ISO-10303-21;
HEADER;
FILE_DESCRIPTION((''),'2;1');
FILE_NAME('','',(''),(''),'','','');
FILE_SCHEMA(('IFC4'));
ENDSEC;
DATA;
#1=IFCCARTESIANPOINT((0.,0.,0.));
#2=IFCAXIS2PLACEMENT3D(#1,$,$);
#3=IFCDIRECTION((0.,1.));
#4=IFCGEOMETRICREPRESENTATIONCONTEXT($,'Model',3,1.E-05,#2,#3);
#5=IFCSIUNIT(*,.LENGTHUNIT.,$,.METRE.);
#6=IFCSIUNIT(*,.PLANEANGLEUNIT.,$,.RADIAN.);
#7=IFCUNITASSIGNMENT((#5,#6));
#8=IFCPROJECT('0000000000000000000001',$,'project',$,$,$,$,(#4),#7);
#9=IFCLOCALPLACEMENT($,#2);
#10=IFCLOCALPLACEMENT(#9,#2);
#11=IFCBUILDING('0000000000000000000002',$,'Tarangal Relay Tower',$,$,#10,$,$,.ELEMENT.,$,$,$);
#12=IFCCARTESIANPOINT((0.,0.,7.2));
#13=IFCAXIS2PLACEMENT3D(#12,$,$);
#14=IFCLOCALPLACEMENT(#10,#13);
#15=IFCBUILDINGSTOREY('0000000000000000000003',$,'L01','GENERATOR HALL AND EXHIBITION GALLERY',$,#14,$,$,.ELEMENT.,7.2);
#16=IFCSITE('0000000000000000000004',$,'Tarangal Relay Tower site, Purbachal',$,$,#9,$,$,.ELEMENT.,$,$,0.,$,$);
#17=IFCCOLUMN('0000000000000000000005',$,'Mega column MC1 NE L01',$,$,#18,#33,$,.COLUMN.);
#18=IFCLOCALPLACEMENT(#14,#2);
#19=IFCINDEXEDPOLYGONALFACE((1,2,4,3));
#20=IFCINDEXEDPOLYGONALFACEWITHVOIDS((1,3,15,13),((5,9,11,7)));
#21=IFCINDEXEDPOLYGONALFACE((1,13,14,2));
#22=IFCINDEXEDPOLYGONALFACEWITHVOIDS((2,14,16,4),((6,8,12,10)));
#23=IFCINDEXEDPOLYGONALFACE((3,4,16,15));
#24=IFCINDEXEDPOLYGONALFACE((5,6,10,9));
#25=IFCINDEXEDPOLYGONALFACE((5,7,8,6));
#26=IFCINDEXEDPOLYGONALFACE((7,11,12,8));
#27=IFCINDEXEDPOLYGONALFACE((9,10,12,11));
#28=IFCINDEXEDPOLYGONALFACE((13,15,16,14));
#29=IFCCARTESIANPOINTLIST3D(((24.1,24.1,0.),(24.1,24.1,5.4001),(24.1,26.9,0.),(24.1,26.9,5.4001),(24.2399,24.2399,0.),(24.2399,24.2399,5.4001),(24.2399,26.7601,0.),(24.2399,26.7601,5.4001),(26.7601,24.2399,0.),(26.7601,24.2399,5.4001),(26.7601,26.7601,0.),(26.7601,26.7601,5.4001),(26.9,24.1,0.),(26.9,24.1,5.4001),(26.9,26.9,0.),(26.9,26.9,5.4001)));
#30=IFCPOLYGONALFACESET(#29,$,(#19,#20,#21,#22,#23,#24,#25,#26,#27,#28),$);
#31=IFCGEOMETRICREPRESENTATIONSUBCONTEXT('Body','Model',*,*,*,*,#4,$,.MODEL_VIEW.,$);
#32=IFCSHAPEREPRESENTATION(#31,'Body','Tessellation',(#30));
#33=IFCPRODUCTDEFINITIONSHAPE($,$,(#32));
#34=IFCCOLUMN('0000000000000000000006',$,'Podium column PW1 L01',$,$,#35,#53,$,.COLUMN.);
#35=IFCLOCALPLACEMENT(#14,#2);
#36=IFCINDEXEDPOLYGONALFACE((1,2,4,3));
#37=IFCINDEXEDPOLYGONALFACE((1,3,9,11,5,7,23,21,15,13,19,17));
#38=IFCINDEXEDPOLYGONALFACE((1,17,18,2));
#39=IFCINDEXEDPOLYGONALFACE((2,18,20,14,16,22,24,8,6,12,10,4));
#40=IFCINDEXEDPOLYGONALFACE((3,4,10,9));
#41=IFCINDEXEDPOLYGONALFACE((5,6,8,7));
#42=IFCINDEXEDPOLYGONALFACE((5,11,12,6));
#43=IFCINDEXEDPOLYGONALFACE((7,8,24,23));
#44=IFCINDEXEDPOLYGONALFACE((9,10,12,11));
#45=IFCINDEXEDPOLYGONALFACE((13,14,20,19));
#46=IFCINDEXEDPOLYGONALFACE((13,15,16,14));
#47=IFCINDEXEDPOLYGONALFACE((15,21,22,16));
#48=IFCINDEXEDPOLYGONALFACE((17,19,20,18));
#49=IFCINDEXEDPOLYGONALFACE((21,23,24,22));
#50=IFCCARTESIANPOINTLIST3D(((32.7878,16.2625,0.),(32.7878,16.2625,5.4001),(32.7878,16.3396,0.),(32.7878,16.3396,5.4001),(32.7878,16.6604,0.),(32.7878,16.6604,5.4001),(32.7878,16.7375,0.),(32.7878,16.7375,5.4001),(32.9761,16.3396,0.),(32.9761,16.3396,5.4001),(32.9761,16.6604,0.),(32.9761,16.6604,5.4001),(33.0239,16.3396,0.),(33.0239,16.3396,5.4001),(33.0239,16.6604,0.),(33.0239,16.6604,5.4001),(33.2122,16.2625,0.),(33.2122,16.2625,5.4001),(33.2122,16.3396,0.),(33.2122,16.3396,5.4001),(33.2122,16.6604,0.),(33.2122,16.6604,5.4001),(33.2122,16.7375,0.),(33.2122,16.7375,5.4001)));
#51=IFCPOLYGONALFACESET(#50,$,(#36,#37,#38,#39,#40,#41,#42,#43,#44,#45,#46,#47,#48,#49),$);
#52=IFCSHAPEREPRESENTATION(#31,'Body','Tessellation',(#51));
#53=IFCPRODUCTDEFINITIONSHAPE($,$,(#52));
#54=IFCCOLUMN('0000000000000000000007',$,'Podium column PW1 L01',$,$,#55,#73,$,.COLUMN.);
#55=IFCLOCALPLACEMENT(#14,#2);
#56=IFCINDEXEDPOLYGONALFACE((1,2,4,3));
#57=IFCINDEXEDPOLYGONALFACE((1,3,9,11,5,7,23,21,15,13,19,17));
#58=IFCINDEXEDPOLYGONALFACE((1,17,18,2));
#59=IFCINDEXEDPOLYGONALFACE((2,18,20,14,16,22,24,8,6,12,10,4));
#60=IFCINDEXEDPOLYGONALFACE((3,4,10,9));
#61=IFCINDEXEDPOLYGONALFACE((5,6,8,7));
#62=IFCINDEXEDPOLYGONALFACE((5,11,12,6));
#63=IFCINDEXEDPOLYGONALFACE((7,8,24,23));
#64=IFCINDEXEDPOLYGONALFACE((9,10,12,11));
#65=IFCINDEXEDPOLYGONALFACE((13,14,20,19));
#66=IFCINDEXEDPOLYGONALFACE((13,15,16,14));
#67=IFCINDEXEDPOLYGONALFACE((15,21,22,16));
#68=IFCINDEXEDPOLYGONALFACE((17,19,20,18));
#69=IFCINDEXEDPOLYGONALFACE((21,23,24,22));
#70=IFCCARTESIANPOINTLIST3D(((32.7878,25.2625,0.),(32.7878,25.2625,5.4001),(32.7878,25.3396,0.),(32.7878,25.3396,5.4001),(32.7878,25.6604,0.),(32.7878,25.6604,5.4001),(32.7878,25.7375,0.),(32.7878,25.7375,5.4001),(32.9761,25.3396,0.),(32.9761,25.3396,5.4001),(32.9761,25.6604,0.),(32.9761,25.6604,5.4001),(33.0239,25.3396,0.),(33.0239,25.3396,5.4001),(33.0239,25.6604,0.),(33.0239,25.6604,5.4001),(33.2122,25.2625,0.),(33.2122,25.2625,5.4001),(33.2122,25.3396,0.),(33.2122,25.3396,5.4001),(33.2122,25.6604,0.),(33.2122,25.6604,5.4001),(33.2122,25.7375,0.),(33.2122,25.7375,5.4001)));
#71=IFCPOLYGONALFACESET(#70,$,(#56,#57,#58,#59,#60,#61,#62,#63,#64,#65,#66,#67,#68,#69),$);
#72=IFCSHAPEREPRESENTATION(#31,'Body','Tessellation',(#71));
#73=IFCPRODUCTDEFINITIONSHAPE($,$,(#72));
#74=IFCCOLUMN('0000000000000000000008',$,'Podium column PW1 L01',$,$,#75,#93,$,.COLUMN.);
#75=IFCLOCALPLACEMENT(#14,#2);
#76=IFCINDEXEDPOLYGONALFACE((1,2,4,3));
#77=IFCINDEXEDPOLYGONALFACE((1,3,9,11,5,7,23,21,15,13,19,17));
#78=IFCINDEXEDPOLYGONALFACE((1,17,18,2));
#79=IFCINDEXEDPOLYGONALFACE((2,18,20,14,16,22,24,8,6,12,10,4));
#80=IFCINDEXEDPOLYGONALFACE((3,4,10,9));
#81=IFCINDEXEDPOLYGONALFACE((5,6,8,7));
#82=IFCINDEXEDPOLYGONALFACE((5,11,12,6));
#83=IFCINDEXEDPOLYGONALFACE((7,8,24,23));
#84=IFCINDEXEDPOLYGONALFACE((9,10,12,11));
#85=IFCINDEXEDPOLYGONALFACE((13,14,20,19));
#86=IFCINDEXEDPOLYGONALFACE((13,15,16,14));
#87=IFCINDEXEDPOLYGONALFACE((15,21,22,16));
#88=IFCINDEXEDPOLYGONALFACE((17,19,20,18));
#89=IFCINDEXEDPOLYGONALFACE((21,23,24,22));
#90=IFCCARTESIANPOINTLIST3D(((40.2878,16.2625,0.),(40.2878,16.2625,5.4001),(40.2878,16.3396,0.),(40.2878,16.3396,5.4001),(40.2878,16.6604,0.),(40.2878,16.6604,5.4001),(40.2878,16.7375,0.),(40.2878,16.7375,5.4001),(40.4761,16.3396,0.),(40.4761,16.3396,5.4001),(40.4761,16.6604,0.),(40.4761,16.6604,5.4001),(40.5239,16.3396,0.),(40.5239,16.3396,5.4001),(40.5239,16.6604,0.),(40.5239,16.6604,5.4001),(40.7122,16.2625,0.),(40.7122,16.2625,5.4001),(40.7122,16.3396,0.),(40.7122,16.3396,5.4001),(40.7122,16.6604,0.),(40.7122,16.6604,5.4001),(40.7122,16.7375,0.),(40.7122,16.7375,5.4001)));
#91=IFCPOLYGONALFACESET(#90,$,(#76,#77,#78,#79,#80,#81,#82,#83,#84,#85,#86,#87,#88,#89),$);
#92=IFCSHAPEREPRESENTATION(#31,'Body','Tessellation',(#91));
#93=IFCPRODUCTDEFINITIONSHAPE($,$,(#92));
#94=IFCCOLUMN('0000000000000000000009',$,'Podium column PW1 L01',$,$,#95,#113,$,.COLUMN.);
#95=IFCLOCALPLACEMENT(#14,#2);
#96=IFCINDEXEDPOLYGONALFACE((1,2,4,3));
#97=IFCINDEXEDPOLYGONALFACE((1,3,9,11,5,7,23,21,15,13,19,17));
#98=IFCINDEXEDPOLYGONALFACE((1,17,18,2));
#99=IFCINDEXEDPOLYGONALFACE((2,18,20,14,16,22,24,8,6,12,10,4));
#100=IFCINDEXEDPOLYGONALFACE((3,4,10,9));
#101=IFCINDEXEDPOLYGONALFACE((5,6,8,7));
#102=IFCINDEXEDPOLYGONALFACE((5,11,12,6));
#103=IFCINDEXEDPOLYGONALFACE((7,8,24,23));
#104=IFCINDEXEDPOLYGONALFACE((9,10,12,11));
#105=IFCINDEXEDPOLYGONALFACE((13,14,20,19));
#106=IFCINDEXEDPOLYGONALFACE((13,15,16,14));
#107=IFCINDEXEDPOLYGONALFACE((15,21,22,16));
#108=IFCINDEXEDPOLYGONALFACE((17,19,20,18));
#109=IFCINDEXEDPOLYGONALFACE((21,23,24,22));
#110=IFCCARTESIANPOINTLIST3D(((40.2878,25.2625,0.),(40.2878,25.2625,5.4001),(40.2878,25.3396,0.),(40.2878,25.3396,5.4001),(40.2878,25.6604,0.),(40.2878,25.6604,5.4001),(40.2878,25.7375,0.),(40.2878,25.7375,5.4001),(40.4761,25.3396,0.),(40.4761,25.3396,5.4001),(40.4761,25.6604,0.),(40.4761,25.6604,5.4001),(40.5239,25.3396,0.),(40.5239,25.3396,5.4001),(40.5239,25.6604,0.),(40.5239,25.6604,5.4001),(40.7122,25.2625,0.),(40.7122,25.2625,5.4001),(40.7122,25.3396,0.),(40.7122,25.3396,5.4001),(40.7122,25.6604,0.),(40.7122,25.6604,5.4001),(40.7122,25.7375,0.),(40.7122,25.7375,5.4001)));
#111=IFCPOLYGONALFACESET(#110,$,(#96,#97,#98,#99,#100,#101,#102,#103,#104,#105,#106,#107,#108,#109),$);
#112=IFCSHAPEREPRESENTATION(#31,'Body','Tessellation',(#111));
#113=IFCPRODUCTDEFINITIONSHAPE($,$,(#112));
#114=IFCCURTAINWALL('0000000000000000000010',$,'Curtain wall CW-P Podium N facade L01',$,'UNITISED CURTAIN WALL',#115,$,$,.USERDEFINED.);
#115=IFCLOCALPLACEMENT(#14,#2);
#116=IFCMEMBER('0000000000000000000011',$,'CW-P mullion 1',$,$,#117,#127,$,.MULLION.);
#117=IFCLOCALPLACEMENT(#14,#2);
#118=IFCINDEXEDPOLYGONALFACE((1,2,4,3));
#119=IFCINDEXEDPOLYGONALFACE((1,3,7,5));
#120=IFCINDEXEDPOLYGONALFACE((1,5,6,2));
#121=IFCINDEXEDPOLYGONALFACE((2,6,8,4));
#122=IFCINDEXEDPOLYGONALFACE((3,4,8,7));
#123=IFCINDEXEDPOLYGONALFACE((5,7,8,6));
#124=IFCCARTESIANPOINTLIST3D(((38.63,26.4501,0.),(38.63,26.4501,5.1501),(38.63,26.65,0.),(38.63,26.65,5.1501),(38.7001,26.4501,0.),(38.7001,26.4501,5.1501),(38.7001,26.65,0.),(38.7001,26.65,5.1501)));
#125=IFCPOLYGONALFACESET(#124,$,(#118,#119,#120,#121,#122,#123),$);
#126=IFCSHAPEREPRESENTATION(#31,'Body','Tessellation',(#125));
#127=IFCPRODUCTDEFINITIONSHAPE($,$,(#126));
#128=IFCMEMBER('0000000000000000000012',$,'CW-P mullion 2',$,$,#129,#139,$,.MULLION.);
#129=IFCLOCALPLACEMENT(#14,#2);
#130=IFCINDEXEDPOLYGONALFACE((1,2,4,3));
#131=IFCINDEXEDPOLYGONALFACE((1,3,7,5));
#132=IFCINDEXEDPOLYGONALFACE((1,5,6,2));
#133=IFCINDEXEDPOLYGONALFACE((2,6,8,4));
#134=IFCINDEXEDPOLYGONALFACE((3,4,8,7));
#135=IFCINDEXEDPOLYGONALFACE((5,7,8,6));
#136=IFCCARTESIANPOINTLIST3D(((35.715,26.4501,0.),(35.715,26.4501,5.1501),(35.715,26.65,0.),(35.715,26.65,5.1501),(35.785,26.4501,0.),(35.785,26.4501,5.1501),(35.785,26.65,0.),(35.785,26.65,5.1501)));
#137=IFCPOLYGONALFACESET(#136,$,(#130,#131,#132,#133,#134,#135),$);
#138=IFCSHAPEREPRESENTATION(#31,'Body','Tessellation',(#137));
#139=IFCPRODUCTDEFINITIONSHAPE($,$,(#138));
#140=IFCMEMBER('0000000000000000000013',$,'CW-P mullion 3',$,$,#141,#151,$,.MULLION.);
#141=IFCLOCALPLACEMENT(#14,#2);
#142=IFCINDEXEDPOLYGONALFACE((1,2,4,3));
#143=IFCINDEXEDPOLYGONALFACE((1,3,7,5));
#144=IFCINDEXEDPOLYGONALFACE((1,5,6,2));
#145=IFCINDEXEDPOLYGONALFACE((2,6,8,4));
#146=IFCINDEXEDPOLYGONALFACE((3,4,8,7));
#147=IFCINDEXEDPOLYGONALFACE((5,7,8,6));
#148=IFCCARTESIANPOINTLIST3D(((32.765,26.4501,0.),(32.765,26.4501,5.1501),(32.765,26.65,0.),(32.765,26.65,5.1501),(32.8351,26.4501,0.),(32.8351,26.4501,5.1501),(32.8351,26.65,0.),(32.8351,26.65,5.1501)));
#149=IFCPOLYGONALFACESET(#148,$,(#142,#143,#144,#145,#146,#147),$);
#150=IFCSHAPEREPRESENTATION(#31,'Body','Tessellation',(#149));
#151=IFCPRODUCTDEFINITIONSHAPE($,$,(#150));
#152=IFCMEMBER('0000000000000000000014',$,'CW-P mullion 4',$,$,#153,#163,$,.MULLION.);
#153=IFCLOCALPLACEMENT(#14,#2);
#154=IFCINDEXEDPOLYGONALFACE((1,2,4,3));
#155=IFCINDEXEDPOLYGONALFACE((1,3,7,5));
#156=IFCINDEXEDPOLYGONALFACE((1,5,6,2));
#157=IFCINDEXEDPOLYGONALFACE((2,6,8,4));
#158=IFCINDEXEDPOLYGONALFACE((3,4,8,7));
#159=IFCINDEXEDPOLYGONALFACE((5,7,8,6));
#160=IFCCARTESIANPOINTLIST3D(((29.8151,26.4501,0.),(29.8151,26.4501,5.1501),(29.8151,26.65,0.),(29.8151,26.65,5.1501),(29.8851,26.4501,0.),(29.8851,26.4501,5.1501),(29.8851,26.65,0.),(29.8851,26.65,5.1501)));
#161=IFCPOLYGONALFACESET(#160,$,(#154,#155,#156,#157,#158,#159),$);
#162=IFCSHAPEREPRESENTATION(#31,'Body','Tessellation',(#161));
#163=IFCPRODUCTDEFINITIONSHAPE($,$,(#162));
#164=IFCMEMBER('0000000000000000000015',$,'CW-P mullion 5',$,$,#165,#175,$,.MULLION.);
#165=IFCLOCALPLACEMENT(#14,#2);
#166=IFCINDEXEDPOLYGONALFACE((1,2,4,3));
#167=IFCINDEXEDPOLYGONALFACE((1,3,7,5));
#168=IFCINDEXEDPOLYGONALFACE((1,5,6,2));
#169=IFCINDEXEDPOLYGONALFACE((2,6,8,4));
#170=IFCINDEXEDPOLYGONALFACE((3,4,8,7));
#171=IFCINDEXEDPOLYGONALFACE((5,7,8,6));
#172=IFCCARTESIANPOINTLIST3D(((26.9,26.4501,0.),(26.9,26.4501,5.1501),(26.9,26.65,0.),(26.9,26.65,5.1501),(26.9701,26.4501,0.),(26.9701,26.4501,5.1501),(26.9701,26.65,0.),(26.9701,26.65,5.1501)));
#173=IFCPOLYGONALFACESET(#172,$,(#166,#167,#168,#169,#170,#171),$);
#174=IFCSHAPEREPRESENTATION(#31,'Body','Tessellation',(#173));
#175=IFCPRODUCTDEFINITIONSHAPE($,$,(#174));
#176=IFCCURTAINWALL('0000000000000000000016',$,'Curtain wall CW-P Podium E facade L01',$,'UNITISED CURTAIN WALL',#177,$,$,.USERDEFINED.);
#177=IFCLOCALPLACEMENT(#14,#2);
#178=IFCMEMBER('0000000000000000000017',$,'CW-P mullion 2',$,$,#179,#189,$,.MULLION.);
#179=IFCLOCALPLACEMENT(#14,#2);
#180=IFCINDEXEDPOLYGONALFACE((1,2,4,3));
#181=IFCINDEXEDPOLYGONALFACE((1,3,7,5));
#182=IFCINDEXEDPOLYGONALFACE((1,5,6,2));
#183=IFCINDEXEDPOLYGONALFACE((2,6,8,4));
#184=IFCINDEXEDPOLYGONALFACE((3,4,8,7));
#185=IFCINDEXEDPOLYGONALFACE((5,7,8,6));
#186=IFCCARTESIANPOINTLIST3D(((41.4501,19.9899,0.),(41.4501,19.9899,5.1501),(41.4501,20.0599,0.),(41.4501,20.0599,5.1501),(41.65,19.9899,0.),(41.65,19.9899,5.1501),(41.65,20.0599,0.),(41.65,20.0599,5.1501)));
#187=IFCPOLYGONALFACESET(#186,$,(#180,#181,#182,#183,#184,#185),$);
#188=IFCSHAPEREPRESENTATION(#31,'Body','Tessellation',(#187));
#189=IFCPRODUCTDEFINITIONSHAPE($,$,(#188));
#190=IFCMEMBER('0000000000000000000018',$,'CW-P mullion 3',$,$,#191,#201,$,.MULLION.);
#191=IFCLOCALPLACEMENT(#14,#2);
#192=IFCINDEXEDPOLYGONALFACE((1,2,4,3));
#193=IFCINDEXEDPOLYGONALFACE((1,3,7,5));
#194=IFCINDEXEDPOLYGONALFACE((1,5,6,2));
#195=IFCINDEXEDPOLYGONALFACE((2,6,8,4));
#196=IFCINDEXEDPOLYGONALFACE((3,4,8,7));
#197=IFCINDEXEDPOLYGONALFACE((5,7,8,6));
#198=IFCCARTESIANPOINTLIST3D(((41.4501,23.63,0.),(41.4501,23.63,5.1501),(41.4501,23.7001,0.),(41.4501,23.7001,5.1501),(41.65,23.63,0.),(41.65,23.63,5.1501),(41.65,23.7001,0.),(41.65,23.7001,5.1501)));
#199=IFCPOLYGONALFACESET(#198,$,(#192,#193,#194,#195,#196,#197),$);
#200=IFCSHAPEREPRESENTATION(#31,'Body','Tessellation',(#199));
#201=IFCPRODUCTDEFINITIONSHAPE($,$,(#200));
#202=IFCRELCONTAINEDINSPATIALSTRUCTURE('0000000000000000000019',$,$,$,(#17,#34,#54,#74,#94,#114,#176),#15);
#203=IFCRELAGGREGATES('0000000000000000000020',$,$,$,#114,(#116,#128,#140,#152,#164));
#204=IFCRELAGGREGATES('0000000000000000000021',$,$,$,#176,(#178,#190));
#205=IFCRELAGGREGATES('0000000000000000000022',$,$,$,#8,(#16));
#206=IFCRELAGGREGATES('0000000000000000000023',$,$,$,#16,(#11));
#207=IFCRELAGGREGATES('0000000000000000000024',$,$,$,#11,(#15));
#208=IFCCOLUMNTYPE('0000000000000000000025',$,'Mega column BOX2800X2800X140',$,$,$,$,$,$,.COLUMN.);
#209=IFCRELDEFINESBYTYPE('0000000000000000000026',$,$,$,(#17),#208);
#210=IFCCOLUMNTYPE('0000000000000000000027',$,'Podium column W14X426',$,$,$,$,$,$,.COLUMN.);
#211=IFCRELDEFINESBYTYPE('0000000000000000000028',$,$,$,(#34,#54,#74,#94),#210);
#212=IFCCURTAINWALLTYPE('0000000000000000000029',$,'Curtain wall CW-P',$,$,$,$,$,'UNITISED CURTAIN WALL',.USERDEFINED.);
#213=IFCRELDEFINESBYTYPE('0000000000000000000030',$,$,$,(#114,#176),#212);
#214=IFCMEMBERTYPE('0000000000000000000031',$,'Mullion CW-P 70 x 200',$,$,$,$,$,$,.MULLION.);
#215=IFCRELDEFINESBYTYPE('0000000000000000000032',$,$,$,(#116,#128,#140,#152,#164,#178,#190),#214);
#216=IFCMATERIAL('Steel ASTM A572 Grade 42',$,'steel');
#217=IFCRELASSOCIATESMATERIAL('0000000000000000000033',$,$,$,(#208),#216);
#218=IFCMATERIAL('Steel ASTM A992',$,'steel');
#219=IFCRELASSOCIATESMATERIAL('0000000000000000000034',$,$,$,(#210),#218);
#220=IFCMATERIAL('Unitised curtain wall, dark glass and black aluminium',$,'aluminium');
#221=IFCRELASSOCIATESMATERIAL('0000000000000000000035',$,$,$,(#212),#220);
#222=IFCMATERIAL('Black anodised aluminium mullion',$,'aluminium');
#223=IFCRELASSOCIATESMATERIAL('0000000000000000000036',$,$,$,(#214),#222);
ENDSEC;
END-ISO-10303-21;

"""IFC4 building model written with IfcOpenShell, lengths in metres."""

from ifc_helpers import new_model, si_unit, direction, frame, origin, origin_2d, place, context, subcontext, project, spatial, rectangle, hollow_rectangle, i_section, extrude, material, material_profile, profile_set, type_object, element, aggregate, save


model = new_model("IFC4")

# Units and contexts
model_context = context("Model", 3, precision=1e-05, world=origin(), true_north=direction((0.0, 1.0)))
body_context = subcontext(model_context, "Body", "Model", "MODEL_VIEW")
ifc_project = project(units=[si_unit("LENGTHUNIT", "METRE"), si_unit("PLANEANGLEUNIT", "RADIAN")], contexts=[model_context])

# Site, building, storey
site_placement = place(None, origin())
site = spatial("IfcSite", under=ifc_project, at=site_placement, Name="Tarangal Relay Tower site, Purbachal", CompositionType="ELEMENT", RefElevation=0.0)
building_placement = place(site_placement, origin())
building = spatial("IfcBuilding", under=site, at=building_placement, Name="Tarangal Relay Tower", CompositionType="ELEMENT")
storey_placement = place(building_placement, frame((0.0, 0.0, 7.2)))
storey = spatial("IfcBuildingStorey", under=building, at=storey_placement, Name="L01", Description="GENERATOR HALL AND EXHIBITION GALLERY", CompositionType="ELEMENT", Elevation=7.2)

# Columns
ifc_material_1 = material(Name="Steel ASTM A572 Grade 42", Category="steel")
ifc_material_profile_1 = material_profile(ifc_material_1, hollow_rectangle(XDim=2.8, YDim=2.8, WallThickness=0.1399, at=origin_2d()), Name="BOX2800X2800X140")
ifc_profile_set_1 = profile_set([ifc_material_profile_1], Name="Steel ASTM A572 Grade 42")
column_type_1 = type_object("IfcColumnType", Name="Mega column BOX2800X2800X140", PredefinedType="COLUMN", material=ifc_profile_set_1)
column_placement = place(storey_placement, frame((25.5, 25.5, 0.0), z_axis=(0.0, 0.0, 1.0), x_axis=(1.0, 0.0, 0.0)))
element("IfcColumn", 1, at=column_placement, inside=storey, type_object=column_type_1, Name="Mega column MC1 NE L01", PredefinedType="COLUMN", context=body_context, shape_type="SweptSolid", body=[
    extrude(hollow_rectangle(XDim=2.8, YDim=2.8, WallThickness=0.1399, at=origin_2d()), origin(), (0.0, 0.0, 1.0), 5.4001),
])
ifc_material_2 = material(Name="Steel ASTM A992", Category="steel")
ifc_material_profile_2 = material_profile(ifc_material_2, i_section(OverallWidth=0.4243, OverallDepth=0.4751, WebThickness=0.0479, FlangeThickness=0.0771, at=origin_2d()), Name="W14X426")
ifc_profile_set_2 = profile_set([ifc_material_profile_2], Name="Steel ASTM A992")
column_type_2 = type_object("IfcColumnType", Name="Podium column W14X426", PredefinedType="COLUMN", material=ifc_profile_set_2)
for number, where, z_axis, x_axis, name in (
    (2, (33.0, 16.5, 0.0), (0.0, 0.0, 1.0), (1.0, 0.0, 0.0), "Podium column PW1 L01"),
    (3, (33.0, 25.5, 0.0), (0.0, 0.0, 1.0), (1.0, 0.0, 0.0), "Podium column PW1 L01"),
    (4, (40.5, 16.5, 0.0), (0.0, 0.0, 1.0), (1.0, 0.0, 0.0), "Podium column PW1 L01"),
    (5, (40.5, 25.5, 0.0), (0.0, 0.0, 1.0), (1.0, 0.0, 0.0), "Podium column PW1 L01"),
):
    element("IfcColumn", number, at=place(storey_placement, frame(where, z_axis=z_axis, x_axis=x_axis)), inside=storey, type_object=column_type_2, Name=name, PredefinedType="COLUMN", context=body_context, shape_type="SweptSolid", body=[
        extrude(i_section(OverallWidth=0.4243, OverallDepth=0.4751, WebThickness=0.0479, FlangeThickness=0.0771, at=origin_2d()), origin(), (0.0, 0.0, 1.0), 5.4001),
    ])

# Curtain walls, members
ifc_material_3 = material(Name="Unitised curtain wall, dark glass and black aluminium", Category="aluminium")
curtain_wall_type = type_object("IfcCurtainWallType", Name="Curtain wall CW-P", ElementType="UNITISED CURTAIN WALL", PredefinedType="USERDEFINED", material=ifc_material_3)
curtain_wall_1_placement = place(storey_placement, origin())
curtain_wall_1 = element("IfcCurtainWall", 6, at=curtain_wall_1_placement, inside=storey, type_object=curtain_wall_type, Name="Curtain wall CW-P Podium N facade L01", ObjectType="UNITISED CURTAIN WALL", PredefinedType="USERDEFINED")
ifc_material_4 = material(Name="Black anodised aluminium mullion", Category="aluminium")
ifc_material_profile_3 = material_profile(ifc_material_4, rectangle(XDim=0.2, YDim=0.0701, at=origin_2d()), Name="CW-PM 70X200")
ifc_profile_set_3 = profile_set([ifc_material_profile_3], Name="Black anodised aluminium mullion")
member_type_1 = type_object("IfcMemberType", Name="Mullion CW-P 70 x 200", PredefinedType="MULLION", material=ifc_profile_set_3)
member_1_placement = place(storey_placement, frame((38.665, 26.55, 0.0), z_axis=(0.0, 0.0, 1.0), x_axis=(0.0, -1.0, 0.0)))
member_1 = element("IfcMember", 7, at=member_1_placement, type_object=member_type_1, Name="CW-P mullion 1", PredefinedType="MULLION", context=body_context, shape_type="SweptSolid", body=[
    extrude(rectangle(XDim=0.2, YDim=0.0701, at=origin_2d()), origin(), (0.0, 0.0, 1.0), 5.1501),
])
member_2_placement = place(storey_placement, frame((35.75, 26.55, 0.0), z_axis=(0.0, 0.0, 1.0), x_axis=(0.0, -1.0, 0.0)))
member_2 = element("IfcMember", 8, at=member_2_placement, type_object=member_type_1, Name="CW-P mullion 2", PredefinedType="MULLION", context=body_context, shape_type="SweptSolid", body=[
    extrude(rectangle(XDim=0.2, YDim=0.0701, at=origin_2d()), origin(), (0.0, 0.0, 1.0), 5.1501),
])
member_3_placement = place(storey_placement, frame((32.8, 26.55, 0.0), z_axis=(0.0, 0.0, 1.0), x_axis=(0.0, -1.0, 0.0)))
member_3 = element("IfcMember", 9, at=member_3_placement, type_object=member_type_1, Name="CW-P mullion 3", PredefinedType="MULLION", context=body_context, shape_type="SweptSolid", body=[
    extrude(rectangle(XDim=0.2, YDim=0.0701, at=origin_2d()), origin(), (0.0, 0.0, 1.0), 5.1501),
])
member_4_placement = place(storey_placement, frame((29.8501, 26.55, 0.0), z_axis=(0.0, 0.0, 1.0), x_axis=(0.0, -1.0, 0.0)))
member_4 = element("IfcMember", 10, at=member_4_placement, type_object=member_type_1, Name="CW-P mullion 4", PredefinedType="MULLION", context=body_context, shape_type="SweptSolid", body=[
    extrude(rectangle(XDim=0.2, YDim=0.0701, at=origin_2d()), origin(), (0.0, 0.0, 1.0), 5.1501),
])
member_5_placement = place(storey_placement, frame((26.9351, 26.55, 0.0), z_axis=(0.0, 0.0, 1.0), x_axis=(0.0, -1.0, 0.0)))
member_5 = element("IfcMember", 11, at=member_5_placement, type_object=member_type_1, Name="CW-P mullion 5", PredefinedType="MULLION", context=body_context, shape_type="SweptSolid", body=[
    extrude(rectangle(XDim=0.2, YDim=0.0701, at=origin_2d()), origin(), (0.0, 0.0, 1.0), 5.1501),
])
curtain_wall_2_placement = place(storey_placement, origin())
curtain_wall_2 = element("IfcCurtainWall", 12, at=curtain_wall_2_placement, inside=storey, type_object=curtain_wall_type, Name="Curtain wall CW-P Podium E facade L01", ObjectType="UNITISED CURTAIN WALL", PredefinedType="USERDEFINED")
member_6_placement = place(storey_placement, frame((41.55, 20.0249, 0.0), z_axis=(0.0, 0.0, 1.0), x_axis=(-1.0, 0.0, 0.0)))
member_6 = element("IfcMember", 13, at=member_6_placement, type_object=member_type_1, Name="CW-P mullion 2", PredefinedType="MULLION", context=body_context, shape_type="SweptSolid", body=[
    extrude(rectangle(XDim=0.2, YDim=0.0701, at=origin_2d()), origin(), (0.0, 0.0, 1.0), 5.1501),
])
member_7_placement = place(storey_placement, frame((41.55, 23.665, 0.0), z_axis=(0.0, 0.0, 1.0), x_axis=(-1.0, 0.0, 0.0)))
member_7 = element("IfcMember", 14, at=member_7_placement, type_object=member_type_1, Name="CW-P mullion 3", PredefinedType="MULLION", context=body_context, shape_type="SweptSolid", body=[
    extrude(rectangle(XDim=0.2, YDim=0.0701, at=origin_2d()), origin(), (0.0, 0.0, 1.0), 5.1501),
])

aggregate(curtain_wall_1, [member_1, member_2, member_3, member_4, member_5])
aggregate(curtain_wall_2, [member_6, member_7])

save(model, "model.ifc")
